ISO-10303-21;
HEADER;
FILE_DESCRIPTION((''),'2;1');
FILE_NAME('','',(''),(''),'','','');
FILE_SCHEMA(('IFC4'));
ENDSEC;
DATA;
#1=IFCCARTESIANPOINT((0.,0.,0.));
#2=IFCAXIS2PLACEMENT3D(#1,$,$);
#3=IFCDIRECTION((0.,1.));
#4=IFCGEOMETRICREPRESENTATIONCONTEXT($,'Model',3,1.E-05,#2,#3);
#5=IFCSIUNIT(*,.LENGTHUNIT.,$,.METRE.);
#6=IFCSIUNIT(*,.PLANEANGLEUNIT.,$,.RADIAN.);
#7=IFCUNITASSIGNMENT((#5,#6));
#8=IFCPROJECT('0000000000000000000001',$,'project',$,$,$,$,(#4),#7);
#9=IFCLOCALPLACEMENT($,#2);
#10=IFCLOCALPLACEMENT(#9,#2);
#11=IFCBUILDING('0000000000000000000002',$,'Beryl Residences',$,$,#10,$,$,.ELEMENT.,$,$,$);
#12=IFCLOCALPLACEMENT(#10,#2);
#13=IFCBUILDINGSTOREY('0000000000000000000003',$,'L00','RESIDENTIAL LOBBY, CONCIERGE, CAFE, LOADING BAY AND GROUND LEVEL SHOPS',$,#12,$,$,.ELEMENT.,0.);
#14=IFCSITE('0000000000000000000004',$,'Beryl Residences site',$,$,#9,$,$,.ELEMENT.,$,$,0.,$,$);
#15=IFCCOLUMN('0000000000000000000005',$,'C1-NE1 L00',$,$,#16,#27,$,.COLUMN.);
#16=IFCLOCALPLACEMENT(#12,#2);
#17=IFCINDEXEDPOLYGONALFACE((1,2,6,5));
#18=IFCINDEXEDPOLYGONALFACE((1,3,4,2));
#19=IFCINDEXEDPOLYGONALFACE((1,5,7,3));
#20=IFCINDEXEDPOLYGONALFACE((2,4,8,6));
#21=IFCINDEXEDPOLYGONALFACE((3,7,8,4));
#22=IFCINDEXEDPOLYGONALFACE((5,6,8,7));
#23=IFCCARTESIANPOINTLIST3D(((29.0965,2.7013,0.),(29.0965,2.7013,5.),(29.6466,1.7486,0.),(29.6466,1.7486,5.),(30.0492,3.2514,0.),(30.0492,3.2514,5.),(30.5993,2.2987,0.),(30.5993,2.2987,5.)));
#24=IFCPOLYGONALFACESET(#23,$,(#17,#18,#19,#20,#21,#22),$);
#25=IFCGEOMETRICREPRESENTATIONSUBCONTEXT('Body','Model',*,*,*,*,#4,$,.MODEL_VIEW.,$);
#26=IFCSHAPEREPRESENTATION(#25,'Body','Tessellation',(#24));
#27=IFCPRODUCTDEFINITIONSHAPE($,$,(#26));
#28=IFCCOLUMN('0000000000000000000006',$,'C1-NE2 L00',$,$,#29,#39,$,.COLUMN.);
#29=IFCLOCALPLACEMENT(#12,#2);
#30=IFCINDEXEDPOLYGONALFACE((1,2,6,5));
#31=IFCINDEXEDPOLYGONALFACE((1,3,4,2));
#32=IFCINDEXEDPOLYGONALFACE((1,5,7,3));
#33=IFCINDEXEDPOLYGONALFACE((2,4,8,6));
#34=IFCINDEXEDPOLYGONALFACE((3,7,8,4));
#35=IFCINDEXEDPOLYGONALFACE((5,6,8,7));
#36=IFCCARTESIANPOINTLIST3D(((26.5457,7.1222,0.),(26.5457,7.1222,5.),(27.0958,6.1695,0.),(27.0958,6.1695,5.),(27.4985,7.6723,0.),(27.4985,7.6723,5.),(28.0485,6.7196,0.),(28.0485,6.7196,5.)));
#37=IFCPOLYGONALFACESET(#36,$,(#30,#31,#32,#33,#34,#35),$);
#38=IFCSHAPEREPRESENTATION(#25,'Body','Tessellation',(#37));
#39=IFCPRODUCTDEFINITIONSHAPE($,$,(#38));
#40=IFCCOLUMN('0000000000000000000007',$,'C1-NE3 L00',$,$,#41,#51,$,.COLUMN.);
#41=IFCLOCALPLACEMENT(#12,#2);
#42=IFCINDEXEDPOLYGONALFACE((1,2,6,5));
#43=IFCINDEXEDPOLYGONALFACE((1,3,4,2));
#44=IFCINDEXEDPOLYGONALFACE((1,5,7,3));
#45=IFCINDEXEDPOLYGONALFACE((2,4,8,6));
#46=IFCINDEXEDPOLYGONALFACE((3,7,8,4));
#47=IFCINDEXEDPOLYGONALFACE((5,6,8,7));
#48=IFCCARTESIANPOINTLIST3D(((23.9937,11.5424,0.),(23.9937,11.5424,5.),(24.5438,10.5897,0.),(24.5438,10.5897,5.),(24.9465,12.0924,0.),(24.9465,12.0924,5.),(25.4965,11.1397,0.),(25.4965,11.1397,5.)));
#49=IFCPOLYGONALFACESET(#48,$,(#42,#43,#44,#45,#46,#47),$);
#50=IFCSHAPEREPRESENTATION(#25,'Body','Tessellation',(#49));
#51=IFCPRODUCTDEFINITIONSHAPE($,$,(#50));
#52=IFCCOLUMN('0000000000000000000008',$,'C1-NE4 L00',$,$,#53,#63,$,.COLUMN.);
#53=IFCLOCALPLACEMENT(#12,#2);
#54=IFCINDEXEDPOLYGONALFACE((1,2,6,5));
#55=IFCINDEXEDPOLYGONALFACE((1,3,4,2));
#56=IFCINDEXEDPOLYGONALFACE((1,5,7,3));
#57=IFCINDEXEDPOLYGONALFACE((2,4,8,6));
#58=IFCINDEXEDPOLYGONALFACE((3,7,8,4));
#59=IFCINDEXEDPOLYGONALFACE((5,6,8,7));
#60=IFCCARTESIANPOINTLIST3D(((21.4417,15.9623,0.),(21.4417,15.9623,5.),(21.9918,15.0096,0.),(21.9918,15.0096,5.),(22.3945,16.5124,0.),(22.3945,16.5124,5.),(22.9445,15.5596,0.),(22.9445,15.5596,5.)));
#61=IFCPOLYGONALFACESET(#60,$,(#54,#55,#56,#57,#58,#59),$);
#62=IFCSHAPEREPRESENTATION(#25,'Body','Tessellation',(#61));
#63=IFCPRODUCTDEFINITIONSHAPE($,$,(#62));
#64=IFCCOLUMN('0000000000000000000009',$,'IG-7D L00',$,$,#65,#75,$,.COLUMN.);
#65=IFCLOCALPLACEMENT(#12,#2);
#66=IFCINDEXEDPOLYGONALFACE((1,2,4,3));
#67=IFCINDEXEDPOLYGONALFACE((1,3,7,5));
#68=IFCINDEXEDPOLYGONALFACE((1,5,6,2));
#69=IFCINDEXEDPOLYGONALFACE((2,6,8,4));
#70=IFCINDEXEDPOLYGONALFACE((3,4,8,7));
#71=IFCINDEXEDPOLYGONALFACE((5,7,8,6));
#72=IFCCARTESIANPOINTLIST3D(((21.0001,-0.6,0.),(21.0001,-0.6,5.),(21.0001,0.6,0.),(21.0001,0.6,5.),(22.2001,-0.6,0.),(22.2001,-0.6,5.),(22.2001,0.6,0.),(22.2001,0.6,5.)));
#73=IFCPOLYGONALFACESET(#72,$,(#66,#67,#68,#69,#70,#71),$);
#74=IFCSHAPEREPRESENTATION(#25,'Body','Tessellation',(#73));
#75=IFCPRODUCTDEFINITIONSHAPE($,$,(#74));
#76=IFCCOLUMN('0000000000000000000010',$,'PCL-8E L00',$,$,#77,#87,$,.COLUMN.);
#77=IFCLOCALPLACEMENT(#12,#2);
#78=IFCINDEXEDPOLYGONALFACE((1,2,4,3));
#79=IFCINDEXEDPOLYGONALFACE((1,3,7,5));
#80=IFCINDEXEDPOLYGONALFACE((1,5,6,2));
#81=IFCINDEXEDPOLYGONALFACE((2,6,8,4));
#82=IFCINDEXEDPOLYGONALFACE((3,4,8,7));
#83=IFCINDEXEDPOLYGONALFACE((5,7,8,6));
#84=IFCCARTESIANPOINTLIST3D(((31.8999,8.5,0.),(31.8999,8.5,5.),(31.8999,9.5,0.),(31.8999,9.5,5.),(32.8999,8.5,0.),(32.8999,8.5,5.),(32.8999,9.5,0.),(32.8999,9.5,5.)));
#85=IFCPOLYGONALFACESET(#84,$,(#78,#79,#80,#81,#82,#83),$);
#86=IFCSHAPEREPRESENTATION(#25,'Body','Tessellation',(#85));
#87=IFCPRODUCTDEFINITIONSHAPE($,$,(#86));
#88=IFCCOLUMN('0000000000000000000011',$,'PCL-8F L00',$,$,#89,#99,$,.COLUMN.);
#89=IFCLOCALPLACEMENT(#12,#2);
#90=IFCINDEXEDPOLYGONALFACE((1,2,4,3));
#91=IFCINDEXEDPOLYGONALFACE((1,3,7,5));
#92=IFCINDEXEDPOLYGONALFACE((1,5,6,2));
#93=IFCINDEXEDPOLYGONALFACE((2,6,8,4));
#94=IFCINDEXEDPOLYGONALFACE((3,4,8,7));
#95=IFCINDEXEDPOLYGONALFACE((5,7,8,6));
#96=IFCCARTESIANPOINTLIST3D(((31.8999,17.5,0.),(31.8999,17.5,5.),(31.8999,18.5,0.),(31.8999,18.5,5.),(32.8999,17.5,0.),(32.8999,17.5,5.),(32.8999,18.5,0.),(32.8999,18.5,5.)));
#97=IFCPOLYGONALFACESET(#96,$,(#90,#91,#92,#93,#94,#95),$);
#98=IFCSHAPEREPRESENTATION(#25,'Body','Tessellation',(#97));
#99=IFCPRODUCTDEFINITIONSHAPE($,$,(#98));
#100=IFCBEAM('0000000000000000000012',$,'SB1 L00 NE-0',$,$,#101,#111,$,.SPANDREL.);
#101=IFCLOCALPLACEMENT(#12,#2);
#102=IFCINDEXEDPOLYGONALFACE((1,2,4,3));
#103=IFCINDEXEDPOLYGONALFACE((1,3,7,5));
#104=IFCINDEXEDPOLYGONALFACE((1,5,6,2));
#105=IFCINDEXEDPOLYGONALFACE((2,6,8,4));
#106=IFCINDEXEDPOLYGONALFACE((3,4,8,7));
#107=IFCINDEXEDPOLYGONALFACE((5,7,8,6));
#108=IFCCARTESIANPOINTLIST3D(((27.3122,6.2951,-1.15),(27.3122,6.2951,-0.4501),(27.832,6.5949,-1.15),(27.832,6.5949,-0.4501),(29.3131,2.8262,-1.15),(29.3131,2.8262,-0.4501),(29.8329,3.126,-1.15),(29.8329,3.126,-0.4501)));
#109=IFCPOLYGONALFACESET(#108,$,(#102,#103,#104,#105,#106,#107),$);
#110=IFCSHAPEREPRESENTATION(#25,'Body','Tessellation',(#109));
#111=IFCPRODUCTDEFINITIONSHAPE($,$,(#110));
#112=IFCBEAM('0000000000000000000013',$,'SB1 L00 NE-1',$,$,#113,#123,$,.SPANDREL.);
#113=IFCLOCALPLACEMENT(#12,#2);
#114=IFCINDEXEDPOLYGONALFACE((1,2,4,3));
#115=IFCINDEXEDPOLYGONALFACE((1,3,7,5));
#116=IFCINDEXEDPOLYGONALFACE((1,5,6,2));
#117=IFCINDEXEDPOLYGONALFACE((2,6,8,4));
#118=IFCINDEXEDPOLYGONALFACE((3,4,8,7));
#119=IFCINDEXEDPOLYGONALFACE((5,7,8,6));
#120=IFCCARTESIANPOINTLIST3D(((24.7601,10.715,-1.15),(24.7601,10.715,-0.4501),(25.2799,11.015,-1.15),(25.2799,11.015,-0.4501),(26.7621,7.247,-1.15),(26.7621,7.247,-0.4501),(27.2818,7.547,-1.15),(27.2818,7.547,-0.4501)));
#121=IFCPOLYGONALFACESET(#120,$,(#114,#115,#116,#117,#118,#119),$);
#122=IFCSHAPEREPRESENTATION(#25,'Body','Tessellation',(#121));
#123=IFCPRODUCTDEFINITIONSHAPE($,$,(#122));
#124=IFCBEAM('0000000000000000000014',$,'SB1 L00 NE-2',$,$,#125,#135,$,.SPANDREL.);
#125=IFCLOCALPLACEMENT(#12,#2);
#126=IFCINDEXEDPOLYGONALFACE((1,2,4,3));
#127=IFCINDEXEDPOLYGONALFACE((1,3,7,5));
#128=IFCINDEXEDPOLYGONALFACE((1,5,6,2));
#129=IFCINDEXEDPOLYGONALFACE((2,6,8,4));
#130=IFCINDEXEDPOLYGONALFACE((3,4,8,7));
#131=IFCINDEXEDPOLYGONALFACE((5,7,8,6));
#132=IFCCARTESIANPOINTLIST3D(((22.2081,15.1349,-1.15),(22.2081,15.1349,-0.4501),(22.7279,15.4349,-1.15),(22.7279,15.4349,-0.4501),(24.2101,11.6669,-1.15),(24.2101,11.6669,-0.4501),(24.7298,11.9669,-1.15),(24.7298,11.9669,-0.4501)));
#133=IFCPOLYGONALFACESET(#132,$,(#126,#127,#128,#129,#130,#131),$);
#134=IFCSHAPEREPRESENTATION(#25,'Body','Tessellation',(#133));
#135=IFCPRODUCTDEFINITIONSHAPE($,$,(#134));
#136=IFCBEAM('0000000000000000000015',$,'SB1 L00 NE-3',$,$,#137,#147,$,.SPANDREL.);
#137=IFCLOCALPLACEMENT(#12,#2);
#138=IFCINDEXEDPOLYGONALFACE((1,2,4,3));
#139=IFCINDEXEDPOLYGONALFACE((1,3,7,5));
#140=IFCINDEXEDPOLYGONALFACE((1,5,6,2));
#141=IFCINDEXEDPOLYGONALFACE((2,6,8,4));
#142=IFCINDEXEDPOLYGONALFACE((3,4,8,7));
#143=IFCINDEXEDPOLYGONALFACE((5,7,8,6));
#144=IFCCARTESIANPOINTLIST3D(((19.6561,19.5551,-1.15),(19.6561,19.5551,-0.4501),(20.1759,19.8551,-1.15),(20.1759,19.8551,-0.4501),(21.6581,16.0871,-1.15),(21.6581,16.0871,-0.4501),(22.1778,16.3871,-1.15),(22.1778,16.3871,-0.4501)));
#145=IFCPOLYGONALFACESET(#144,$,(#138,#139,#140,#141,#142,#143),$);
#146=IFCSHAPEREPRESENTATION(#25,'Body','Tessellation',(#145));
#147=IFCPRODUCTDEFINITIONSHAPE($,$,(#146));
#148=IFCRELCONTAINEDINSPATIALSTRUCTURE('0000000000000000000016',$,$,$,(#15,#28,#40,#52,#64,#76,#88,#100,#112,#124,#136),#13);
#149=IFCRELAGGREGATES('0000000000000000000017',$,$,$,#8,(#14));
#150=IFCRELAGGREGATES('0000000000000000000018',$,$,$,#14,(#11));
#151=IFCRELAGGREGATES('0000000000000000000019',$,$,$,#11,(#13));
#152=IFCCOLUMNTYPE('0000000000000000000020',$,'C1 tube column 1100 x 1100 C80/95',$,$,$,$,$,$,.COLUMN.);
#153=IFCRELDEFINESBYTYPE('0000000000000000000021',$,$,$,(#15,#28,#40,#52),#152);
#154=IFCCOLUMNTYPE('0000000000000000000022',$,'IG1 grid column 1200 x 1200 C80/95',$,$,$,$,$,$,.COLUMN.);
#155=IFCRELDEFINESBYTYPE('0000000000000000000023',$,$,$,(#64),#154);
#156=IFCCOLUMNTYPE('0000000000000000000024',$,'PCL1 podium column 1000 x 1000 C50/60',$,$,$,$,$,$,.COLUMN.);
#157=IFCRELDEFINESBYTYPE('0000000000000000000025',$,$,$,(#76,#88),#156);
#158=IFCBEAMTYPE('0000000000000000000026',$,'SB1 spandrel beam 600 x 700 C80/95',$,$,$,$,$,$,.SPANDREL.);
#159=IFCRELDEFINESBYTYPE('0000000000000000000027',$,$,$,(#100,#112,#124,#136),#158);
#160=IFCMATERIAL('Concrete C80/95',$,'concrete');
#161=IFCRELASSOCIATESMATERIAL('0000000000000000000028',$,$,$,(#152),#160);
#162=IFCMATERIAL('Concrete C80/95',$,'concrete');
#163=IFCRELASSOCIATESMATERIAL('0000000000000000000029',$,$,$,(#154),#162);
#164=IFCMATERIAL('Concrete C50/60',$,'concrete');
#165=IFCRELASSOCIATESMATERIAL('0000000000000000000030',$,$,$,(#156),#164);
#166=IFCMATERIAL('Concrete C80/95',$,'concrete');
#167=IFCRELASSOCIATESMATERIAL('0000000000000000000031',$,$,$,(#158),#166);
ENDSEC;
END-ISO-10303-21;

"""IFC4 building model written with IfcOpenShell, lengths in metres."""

from ifc_helpers import new_model, si_unit, direction, frame, origin, origin_2d, place, context, subcontext, project, spatial, rectangle, extrude, material, material_profile, profile_set, type_object, element, save


model = new_model("IFC4")

# Units and contexts
model_context = context("Model", 3, precision=1e-05, world=origin(), true_north=direction((0.0, 1.0)))
body_context = subcontext(model_context, "Body", "Model", "MODEL_VIEW")
ifc_project = project(units=[si_unit("LENGTHUNIT", "METRE"), si_unit("PLANEANGLEUNIT", "RADIAN")], contexts=[model_context])

# Site, building, storey
site_placement = place(None, origin())
site = spatial("IfcSite", under=ifc_project, at=site_placement, Name="Beryl Residences site", CompositionType="ELEMENT", RefElevation=0.0)
building_placement = place(site_placement, origin())
building = spatial("IfcBuilding", under=site, at=building_placement, Name="Beryl Residences", CompositionType="ELEMENT")
storey_placement = place(building_placement, origin())
storey = spatial("IfcBuildingStorey", under=building, at=storey_placement, Name="L00", Description="RESIDENTIAL LOBBY, CONCIERGE, CAFE, LOADING BAY AND GROUND LEVEL SHOPS", CompositionType="ELEMENT", Elevation=0.0)

# Columns
ifc_material_1 = material(Name="Concrete C80/95", Category="concrete")
ifc_material_profile_1 = material_profile(ifc_material_1, rectangle(XDim=1.1001, YDim=1.1001, at=origin_2d()))
ifc_profile_set_1 = profile_set([ifc_material_profile_1], Name="Concrete C80/95")
column_type_1 = type_object("IfcColumnType", Name="C1 tube column 1100 x 1100 C80/95", PredefinedType="COLUMN", material=ifc_profile_set_1)
for number, where, z_axis, x_axis, name in (
    (1, (29.8479, 2.5, 0.0), (0.0, 0.0, 1.0), (-0.499985, 0.866034, 0.0), "C1-NE1 L00"),
    (2, (27.2971, 6.9209, 0.0), (0.0, 0.0, 1.0), (-0.499985, 0.866034, 0.0), "C1-NE2 L00"),
    (3, (24.7451, 11.3411, 0.0), (0.0, 0.0, 1.0), (-0.499985, 0.866034, 0.0), "C1-NE3 L00"),
    (4, (22.1931, 15.761, 0.0), (0.0, 0.0, 1.0), (-0.499985, 0.866034, 0.0), "C1-NE4 L00"),
):
    element("IfcColumn", number, at=place(storey_placement, frame(where, z_axis=z_axis, x_axis=x_axis)), inside=storey, type_object=column_type_1, Name=name, PredefinedType="COLUMN", context=body_context, shape_type="SweptSolid", body=[
        extrude(rectangle(XDim=1.1001, YDim=1.1001, at=origin_2d()), origin(), (0.0, 0.0, 1.0), 5.0),
    ])
ifc_material_2 = material(Name="Concrete C80/95", Category="concrete")
ifc_material_profile_2 = material_profile(ifc_material_2, rectangle(XDim=1.2, YDim=1.2, at=origin_2d()))
ifc_profile_set_2 = profile_set([ifc_material_profile_2], Name="Concrete C80/95")
column_type_2 = type_object("IfcColumnType", Name="IG1 grid column 1200 x 1200 C80/95", PredefinedType="COLUMN", material=ifc_profile_set_2)
column_placement = place(storey_placement, frame((21.6001, 0.0, 0.0), z_axis=(0.0, 0.0, 1.0), x_axis=(1.0, 0.0, 0.0)))
element("IfcColumn", 5, at=column_placement, inside=storey, type_object=column_type_2, Name="IG-7D L00", PredefinedType="COLUMN", context=body_context, shape_type="SweptSolid", body=[
    extrude(rectangle(XDim=1.2, YDim=1.2, at=origin_2d()), origin(), (0.0, 0.0, 1.0), 5.0),
])
ifc_material_3 = material(Name="Concrete C50/60", Category="concrete")
ifc_material_profile_3 = material_profile(ifc_material_3, rectangle(XDim=1.0, YDim=1.0, at=origin_2d()))
ifc_profile_set_3 = profile_set([ifc_material_profile_3], Name="Concrete C50/60")
column_type_3 = type_object("IfcColumnType", Name="PCL1 podium column 1000 x 1000 C50/60", PredefinedType="COLUMN", material=ifc_profile_set_3)
for number, where, z_axis, x_axis, name in (
    (6, (32.3999, 9.0, 0.0), (0.0, 0.0, 1.0), (1.0, 0.0, 0.0), "PCL-8E L00"),
    (7, (32.3999, 18.0, 0.0), (0.0, 0.0, 1.0), (1.0, 0.0, 0.0), "PCL-8F L00"),
):
    element("IfcColumn", number, at=place(storey_placement, frame(where, z_axis=z_axis, x_axis=x_axis)), inside=storey, type_object=column_type_3, Name=name, PredefinedType="COLUMN", context=body_context, shape_type="SweptSolid", body=[
        extrude(rectangle(XDim=1.0, YDim=1.0, at=origin_2d()), origin(), (0.0, 0.0, 1.0), 5.0),
    ])

# Beams
ifc_material_4 = material(Name="Concrete C80/95", Category="concrete")
ifc_material_profile_4 = material_profile(ifc_material_4, rectangle(XDim=0.6001, YDim=0.7, at=origin_2d()))
ifc_profile_set_4 = profile_set([ifc_material_profile_4], Name="Concrete C80/95")
beam_type = type_object("IfcBeamType", Name="SB1 spandrel beam 600 x 700 C80/95", PredefinedType="SPANDREL", material=ifc_profile_set_4)
beam_placement = place(storey_placement, frame((29.573, 2.9761, -0.8), z_axis=(-0.499654, 0.866225, 0.0), x_axis=(-0.866225, -0.499654, 0.0)))
element("IfcBeam", 8, at=beam_placement, inside=storey, type_object=beam_type, Name="SB1 L00 NE-0", PredefinedType="SPANDREL", context=body_context, shape_type="SweptSolid", body=[
    extrude(rectangle(XDim=0.6001, YDim=0.7, at=origin_2d()), origin(), (0.0, 0.0, 1.0), 4.0046),
])
for number, where, z_axis, x_axis, name in (
    (9, (27.022, 7.397, -0.8), (-0.499942, 0.866059, 0.0), (-0.866059, -0.499942, 0.0), "SB1 L00 NE-1"),
    (10, (24.47, 11.8169, -0.8), (-0.499942, 0.866059, 0.0), (-0.866059, -0.499942, 0.0), "SB1 L00 NE-2"),
    (11, (21.918, 16.2371, -0.8), (-0.499942, 0.866059, 0.0), (-0.866059, -0.499942, 0.0), "SB1 L00 NE-3"),
):
    element("IfcBeam", number, at=place(storey_placement, frame(where, z_axis=z_axis, x_axis=x_axis)), inside=storey, type_object=beam_type, Name=name, PredefinedType="SPANDREL", context=body_context, shape_type="SweptSolid", body=[
        extrude(rectangle(XDim=0.6001, YDim=0.7, at=origin_2d()), origin(), (0.0, 0.0, 1.0), 4.0044),
    ])

save(model, "model.ifc")
